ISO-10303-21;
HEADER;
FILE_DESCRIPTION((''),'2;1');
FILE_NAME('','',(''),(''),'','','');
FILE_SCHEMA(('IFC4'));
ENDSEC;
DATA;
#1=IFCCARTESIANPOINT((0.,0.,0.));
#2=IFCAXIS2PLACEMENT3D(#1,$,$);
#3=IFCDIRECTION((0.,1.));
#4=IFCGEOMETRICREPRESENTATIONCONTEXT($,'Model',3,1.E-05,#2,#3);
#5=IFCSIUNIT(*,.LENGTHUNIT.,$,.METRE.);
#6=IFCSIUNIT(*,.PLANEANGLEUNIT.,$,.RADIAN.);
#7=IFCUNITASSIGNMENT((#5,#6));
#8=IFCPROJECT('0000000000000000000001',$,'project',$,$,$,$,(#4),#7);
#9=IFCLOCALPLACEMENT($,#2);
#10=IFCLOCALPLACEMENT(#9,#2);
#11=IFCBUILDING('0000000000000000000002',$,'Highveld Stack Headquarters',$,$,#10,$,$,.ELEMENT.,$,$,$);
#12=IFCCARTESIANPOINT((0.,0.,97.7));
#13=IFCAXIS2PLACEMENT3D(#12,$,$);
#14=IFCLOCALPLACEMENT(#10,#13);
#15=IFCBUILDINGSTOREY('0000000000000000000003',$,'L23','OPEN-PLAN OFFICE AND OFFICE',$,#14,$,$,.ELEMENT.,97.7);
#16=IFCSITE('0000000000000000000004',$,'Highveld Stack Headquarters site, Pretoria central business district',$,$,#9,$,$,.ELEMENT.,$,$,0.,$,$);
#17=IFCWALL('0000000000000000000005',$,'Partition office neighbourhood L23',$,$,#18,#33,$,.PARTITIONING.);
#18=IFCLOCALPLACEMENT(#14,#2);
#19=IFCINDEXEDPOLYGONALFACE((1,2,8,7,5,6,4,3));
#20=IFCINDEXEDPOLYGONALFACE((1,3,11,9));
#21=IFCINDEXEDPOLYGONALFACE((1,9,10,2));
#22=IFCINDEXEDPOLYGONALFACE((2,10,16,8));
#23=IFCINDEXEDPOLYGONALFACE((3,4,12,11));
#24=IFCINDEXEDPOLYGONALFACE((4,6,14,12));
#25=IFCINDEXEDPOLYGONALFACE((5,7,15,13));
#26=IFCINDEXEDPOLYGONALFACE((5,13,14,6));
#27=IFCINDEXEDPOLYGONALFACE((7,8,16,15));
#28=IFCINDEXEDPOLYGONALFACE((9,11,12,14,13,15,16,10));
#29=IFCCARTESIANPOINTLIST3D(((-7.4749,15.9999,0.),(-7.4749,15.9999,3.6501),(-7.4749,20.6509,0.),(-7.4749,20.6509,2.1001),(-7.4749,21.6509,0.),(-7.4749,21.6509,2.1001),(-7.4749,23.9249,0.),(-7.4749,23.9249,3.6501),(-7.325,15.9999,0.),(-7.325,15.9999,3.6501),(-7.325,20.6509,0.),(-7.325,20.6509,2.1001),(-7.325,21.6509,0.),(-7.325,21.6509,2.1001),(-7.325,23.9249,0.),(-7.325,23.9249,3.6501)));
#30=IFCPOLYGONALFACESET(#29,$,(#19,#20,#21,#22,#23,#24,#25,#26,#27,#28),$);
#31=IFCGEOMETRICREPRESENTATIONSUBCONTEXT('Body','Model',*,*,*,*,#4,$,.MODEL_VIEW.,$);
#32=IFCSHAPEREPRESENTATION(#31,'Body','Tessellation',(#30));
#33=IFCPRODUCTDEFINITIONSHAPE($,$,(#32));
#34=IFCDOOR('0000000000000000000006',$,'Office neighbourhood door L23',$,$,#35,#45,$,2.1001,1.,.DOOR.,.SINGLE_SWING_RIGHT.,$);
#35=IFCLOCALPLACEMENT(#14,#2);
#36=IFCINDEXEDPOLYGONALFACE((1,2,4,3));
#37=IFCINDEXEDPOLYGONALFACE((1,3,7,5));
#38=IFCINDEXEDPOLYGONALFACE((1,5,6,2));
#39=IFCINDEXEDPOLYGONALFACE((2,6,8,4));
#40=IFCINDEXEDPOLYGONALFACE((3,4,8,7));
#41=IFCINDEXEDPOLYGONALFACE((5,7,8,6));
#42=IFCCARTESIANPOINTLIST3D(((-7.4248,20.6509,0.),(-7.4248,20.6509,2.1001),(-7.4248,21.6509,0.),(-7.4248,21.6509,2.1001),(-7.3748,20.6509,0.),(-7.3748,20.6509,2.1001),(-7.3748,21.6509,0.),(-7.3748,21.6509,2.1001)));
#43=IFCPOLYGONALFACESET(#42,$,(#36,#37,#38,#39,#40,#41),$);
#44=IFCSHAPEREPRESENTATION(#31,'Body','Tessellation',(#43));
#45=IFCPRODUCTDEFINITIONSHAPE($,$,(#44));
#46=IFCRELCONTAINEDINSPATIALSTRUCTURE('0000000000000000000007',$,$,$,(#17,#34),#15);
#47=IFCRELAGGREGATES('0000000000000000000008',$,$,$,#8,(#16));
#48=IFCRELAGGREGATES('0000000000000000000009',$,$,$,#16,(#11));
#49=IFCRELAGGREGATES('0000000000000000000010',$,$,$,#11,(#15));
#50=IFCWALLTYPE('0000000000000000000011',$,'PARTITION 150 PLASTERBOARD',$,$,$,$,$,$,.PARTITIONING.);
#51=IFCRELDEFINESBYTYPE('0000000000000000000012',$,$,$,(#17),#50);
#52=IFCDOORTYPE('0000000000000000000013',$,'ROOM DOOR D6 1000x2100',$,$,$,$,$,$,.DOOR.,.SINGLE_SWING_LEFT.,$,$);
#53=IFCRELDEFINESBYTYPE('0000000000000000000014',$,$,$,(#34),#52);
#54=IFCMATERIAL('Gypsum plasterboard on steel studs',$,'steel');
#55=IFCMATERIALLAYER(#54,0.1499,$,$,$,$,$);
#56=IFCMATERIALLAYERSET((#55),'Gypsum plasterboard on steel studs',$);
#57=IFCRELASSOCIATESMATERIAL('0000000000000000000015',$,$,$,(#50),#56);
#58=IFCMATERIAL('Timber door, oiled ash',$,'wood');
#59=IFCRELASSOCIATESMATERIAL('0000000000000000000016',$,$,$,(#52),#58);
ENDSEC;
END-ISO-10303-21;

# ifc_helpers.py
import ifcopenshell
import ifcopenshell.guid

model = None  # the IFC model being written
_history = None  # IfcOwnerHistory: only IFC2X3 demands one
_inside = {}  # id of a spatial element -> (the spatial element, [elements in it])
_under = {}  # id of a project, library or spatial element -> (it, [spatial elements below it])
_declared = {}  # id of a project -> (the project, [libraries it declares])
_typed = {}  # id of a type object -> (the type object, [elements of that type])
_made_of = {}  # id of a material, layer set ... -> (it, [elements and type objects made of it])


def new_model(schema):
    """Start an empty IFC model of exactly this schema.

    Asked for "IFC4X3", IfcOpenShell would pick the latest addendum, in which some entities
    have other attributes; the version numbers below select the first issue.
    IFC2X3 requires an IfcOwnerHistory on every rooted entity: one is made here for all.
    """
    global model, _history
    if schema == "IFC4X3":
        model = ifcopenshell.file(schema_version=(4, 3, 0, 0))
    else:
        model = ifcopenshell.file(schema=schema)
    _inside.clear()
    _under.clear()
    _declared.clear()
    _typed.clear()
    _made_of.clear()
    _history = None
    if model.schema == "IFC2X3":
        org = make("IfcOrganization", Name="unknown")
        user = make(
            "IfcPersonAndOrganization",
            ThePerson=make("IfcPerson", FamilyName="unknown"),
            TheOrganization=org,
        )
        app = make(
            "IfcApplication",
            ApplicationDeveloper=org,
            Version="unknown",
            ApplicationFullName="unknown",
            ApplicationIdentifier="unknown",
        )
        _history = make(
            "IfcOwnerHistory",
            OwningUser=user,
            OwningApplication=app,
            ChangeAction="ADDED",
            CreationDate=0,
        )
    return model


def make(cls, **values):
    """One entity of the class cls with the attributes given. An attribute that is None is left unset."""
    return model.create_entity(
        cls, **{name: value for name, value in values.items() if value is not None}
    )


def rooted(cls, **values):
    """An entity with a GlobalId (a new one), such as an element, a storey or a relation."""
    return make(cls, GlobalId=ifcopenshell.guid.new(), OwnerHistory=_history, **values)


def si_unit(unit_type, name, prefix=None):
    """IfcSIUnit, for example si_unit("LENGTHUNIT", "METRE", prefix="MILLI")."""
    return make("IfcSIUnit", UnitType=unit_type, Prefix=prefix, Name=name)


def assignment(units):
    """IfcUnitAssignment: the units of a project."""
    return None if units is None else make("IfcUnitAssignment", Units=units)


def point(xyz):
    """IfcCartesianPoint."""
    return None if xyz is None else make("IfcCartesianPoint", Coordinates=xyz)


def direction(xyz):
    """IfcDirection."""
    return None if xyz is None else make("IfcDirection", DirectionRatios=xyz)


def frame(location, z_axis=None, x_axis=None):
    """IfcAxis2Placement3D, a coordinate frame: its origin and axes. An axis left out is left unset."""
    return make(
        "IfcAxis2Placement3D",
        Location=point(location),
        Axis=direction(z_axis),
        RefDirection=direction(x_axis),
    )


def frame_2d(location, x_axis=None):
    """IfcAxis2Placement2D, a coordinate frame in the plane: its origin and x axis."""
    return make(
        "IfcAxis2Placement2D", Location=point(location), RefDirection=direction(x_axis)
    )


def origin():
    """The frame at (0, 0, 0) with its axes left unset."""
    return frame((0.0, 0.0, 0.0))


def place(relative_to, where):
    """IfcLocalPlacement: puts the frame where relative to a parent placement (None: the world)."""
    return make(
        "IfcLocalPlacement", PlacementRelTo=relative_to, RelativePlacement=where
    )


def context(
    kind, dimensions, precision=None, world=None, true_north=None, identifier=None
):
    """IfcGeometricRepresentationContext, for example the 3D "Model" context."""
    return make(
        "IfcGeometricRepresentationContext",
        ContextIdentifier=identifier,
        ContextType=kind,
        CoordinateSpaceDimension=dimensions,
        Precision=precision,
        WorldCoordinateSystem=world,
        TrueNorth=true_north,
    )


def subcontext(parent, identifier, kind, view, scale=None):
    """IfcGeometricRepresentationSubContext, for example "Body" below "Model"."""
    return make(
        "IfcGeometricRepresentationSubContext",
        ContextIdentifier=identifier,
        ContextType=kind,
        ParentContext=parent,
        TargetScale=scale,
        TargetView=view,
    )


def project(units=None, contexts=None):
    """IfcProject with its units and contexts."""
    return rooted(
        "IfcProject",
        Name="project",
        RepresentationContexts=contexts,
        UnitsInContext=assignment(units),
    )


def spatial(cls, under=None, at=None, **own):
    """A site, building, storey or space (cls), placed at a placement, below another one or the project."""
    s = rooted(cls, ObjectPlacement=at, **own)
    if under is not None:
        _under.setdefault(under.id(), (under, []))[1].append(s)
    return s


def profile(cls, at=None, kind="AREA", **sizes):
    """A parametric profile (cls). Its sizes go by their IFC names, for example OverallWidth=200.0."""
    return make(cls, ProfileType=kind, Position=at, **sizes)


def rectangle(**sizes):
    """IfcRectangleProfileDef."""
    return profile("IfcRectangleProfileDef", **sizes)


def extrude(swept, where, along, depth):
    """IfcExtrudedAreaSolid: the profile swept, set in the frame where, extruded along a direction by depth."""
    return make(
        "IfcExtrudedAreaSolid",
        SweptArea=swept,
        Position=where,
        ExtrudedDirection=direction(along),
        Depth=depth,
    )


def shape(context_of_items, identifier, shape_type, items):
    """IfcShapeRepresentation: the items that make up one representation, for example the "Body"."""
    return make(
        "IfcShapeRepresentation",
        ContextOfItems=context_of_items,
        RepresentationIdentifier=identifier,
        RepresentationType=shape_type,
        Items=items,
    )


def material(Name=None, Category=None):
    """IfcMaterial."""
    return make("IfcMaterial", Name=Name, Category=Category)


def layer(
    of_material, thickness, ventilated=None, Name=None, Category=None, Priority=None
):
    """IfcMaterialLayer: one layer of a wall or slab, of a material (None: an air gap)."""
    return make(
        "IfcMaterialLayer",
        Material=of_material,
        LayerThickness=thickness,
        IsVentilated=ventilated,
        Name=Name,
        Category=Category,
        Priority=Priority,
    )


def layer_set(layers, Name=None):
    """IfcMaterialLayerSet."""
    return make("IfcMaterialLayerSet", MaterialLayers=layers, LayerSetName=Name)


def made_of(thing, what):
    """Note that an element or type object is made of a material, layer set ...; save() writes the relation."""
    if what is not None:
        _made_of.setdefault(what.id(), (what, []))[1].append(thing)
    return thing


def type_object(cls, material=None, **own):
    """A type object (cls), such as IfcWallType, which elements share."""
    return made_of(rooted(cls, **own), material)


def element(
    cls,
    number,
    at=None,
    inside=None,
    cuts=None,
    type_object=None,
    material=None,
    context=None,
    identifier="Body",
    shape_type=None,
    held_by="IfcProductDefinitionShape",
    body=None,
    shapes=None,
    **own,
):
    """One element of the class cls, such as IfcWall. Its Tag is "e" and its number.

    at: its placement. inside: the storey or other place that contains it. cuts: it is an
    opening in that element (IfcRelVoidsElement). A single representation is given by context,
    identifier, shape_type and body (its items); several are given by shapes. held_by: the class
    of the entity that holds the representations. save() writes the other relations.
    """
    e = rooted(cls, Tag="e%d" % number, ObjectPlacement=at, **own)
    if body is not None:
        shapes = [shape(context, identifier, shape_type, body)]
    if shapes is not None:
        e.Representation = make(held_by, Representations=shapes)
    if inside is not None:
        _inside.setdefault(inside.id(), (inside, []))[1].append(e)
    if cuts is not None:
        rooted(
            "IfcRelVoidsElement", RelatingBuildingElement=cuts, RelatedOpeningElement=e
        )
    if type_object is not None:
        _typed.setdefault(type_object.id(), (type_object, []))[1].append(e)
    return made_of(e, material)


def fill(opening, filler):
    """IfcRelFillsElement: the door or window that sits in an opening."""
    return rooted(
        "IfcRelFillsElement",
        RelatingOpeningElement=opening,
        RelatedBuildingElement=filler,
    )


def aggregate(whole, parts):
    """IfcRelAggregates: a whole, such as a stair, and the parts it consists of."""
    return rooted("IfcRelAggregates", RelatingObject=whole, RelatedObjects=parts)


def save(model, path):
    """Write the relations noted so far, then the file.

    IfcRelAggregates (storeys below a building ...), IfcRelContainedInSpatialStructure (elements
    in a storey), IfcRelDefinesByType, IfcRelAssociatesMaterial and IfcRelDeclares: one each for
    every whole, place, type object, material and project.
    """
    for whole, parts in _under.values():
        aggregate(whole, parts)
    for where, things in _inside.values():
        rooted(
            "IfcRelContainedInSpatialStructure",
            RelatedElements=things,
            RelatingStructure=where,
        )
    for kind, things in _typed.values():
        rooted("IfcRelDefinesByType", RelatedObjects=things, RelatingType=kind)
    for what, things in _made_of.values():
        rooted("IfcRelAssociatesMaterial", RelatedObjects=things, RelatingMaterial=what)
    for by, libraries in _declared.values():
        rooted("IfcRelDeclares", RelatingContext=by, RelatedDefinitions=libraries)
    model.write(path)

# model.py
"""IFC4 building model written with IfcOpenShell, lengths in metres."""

from ifc_helpers import new_model, si_unit, direction, frame, frame_2d, origin, place, context, subcontext, project, spatial, rectangle, extrude, material, layer, layer_set, type_object, element, fill, save


model = new_model("IFC4")

# Units and contexts
model_context = context("Model", 3, precision=1e-05, world=origin(), true_north=direction((0.0, 1.0)))
body_context = subcontext(model_context, "Body", "Model", "MODEL_VIEW")
ifc_project = project(units=[si_unit("LENGTHUNIT", "METRE"), si_unit("PLANEANGLEUNIT", "RADIAN")], contexts=[model_context])

# Site, building, storey
site_placement = place(None, origin())
site = spatial("IfcSite", under=ifc_project, at=site_placement, Name="Highveld Stack Headquarters site, Pretoria central business district", CompositionType="ELEMENT", RefElevation=0.0)
building_placement = place(site_placement, origin())
building = spatial("IfcBuilding", under=site, at=building_placement, Name="Highveld Stack Headquarters", CompositionType="ELEMENT")
storey_placement = place(building_placement, frame((0.0, 0.0, 97.7)))
storey = spatial("IfcBuildingStorey", under=building, at=storey_placement, Name="L23", Description="OPEN-PLAN OFFICE AND OFFICE", CompositionType="ELEMENT", Elevation=97.7)

# Shared definitions
ifc_material_1 = material(Name="Gypsum plasterboard on steel studs", Category="steel")
ifc_layer_1 = layer(ifc_material_1, 0.1499)
ifc_layer_set_1 = layer_set([ifc_layer_1], Name="Gypsum plasterboard on steel studs")
wall_type_1 = type_object("IfcWallType", Name="PARTITION 150 PLASTERBOARD", PredefinedType="PARTITIONING", material=ifc_layer_set_1)

# Shared definitions
ifc_material_2 = material(Name="Timber door, oiled ash", Category="wood")
door_type = type_object("IfcDoorType", Name="ROOM DOOR D6 1000x2100", OperationType="SINGLE_SWING_LEFT", PredefinedType="DOOR", material=ifc_material_2)

# Wall, opening, door
wall_1_placement = place(storey_placement, frame((-7.3999, 16.0, 0.0), z_axis=(0.0, 0.0, 1.0), x_axis=(0.0, 1.0, 0.0)))
wall_1 = element("IfcWall", 1, at=wall_1_placement, inside=storey, type_object=wall_type_1, Name="Partition office neighbourhood L23", PredefinedType="PARTITIONING", context=body_context, shape_type="SweptSolid", body=[
    extrude(rectangle(XDim=7.925, YDim=0.1499, at=frame_2d((3.9624, 0.0))), origin(), (0.0, 0.0, 1.0), 3.6501),
])
opening_1_placement = place(wall_1_placement, frame((4.6509, 0.0, 0.0)))
opening_1 = element("IfcOpeningElement", 2, at=opening_1_placement, cuts=wall_1, PredefinedType="OPENING", context=body_context, shape_type="SweptSolid", body=[
    extrude(rectangle(XDim=1.0, YDim=2.1001, at=frame_2d((0.5, 1.05))), frame((0.0, 0.085, 0.0), z_axis=(0.0, -1.0, 0.0), x_axis=(1.0, 0.0, 0.0)), (0.0, 0.0, 1.0), 0.1699),
])
door_1_placement = place(opening_1_placement, origin())
door_1 = element("IfcDoor", 3, at=door_1_placement, inside=storey, type_object=door_type, Name="Office neighbourhood door L23", OperationType="SINGLE_SWING_RIGHT", OverallHeight=2.1001, OverallWidth=1.0, PredefinedType="DOOR", context=body_context, shape_type="SweptSolid", body=[
    extrude(rectangle(XDim=1.0, YDim=2.1001, at=frame_2d((0.5, 1.05))), frame((0.0, 0.0249, 0.0), z_axis=(0.0, -1.0, 0.0), x_axis=(1.0, 0.0, 0.0)), (0.0, 0.0, 1.0), 0.05),
])
fill(opening_1, door_1)

save(model, "model.ifc")
